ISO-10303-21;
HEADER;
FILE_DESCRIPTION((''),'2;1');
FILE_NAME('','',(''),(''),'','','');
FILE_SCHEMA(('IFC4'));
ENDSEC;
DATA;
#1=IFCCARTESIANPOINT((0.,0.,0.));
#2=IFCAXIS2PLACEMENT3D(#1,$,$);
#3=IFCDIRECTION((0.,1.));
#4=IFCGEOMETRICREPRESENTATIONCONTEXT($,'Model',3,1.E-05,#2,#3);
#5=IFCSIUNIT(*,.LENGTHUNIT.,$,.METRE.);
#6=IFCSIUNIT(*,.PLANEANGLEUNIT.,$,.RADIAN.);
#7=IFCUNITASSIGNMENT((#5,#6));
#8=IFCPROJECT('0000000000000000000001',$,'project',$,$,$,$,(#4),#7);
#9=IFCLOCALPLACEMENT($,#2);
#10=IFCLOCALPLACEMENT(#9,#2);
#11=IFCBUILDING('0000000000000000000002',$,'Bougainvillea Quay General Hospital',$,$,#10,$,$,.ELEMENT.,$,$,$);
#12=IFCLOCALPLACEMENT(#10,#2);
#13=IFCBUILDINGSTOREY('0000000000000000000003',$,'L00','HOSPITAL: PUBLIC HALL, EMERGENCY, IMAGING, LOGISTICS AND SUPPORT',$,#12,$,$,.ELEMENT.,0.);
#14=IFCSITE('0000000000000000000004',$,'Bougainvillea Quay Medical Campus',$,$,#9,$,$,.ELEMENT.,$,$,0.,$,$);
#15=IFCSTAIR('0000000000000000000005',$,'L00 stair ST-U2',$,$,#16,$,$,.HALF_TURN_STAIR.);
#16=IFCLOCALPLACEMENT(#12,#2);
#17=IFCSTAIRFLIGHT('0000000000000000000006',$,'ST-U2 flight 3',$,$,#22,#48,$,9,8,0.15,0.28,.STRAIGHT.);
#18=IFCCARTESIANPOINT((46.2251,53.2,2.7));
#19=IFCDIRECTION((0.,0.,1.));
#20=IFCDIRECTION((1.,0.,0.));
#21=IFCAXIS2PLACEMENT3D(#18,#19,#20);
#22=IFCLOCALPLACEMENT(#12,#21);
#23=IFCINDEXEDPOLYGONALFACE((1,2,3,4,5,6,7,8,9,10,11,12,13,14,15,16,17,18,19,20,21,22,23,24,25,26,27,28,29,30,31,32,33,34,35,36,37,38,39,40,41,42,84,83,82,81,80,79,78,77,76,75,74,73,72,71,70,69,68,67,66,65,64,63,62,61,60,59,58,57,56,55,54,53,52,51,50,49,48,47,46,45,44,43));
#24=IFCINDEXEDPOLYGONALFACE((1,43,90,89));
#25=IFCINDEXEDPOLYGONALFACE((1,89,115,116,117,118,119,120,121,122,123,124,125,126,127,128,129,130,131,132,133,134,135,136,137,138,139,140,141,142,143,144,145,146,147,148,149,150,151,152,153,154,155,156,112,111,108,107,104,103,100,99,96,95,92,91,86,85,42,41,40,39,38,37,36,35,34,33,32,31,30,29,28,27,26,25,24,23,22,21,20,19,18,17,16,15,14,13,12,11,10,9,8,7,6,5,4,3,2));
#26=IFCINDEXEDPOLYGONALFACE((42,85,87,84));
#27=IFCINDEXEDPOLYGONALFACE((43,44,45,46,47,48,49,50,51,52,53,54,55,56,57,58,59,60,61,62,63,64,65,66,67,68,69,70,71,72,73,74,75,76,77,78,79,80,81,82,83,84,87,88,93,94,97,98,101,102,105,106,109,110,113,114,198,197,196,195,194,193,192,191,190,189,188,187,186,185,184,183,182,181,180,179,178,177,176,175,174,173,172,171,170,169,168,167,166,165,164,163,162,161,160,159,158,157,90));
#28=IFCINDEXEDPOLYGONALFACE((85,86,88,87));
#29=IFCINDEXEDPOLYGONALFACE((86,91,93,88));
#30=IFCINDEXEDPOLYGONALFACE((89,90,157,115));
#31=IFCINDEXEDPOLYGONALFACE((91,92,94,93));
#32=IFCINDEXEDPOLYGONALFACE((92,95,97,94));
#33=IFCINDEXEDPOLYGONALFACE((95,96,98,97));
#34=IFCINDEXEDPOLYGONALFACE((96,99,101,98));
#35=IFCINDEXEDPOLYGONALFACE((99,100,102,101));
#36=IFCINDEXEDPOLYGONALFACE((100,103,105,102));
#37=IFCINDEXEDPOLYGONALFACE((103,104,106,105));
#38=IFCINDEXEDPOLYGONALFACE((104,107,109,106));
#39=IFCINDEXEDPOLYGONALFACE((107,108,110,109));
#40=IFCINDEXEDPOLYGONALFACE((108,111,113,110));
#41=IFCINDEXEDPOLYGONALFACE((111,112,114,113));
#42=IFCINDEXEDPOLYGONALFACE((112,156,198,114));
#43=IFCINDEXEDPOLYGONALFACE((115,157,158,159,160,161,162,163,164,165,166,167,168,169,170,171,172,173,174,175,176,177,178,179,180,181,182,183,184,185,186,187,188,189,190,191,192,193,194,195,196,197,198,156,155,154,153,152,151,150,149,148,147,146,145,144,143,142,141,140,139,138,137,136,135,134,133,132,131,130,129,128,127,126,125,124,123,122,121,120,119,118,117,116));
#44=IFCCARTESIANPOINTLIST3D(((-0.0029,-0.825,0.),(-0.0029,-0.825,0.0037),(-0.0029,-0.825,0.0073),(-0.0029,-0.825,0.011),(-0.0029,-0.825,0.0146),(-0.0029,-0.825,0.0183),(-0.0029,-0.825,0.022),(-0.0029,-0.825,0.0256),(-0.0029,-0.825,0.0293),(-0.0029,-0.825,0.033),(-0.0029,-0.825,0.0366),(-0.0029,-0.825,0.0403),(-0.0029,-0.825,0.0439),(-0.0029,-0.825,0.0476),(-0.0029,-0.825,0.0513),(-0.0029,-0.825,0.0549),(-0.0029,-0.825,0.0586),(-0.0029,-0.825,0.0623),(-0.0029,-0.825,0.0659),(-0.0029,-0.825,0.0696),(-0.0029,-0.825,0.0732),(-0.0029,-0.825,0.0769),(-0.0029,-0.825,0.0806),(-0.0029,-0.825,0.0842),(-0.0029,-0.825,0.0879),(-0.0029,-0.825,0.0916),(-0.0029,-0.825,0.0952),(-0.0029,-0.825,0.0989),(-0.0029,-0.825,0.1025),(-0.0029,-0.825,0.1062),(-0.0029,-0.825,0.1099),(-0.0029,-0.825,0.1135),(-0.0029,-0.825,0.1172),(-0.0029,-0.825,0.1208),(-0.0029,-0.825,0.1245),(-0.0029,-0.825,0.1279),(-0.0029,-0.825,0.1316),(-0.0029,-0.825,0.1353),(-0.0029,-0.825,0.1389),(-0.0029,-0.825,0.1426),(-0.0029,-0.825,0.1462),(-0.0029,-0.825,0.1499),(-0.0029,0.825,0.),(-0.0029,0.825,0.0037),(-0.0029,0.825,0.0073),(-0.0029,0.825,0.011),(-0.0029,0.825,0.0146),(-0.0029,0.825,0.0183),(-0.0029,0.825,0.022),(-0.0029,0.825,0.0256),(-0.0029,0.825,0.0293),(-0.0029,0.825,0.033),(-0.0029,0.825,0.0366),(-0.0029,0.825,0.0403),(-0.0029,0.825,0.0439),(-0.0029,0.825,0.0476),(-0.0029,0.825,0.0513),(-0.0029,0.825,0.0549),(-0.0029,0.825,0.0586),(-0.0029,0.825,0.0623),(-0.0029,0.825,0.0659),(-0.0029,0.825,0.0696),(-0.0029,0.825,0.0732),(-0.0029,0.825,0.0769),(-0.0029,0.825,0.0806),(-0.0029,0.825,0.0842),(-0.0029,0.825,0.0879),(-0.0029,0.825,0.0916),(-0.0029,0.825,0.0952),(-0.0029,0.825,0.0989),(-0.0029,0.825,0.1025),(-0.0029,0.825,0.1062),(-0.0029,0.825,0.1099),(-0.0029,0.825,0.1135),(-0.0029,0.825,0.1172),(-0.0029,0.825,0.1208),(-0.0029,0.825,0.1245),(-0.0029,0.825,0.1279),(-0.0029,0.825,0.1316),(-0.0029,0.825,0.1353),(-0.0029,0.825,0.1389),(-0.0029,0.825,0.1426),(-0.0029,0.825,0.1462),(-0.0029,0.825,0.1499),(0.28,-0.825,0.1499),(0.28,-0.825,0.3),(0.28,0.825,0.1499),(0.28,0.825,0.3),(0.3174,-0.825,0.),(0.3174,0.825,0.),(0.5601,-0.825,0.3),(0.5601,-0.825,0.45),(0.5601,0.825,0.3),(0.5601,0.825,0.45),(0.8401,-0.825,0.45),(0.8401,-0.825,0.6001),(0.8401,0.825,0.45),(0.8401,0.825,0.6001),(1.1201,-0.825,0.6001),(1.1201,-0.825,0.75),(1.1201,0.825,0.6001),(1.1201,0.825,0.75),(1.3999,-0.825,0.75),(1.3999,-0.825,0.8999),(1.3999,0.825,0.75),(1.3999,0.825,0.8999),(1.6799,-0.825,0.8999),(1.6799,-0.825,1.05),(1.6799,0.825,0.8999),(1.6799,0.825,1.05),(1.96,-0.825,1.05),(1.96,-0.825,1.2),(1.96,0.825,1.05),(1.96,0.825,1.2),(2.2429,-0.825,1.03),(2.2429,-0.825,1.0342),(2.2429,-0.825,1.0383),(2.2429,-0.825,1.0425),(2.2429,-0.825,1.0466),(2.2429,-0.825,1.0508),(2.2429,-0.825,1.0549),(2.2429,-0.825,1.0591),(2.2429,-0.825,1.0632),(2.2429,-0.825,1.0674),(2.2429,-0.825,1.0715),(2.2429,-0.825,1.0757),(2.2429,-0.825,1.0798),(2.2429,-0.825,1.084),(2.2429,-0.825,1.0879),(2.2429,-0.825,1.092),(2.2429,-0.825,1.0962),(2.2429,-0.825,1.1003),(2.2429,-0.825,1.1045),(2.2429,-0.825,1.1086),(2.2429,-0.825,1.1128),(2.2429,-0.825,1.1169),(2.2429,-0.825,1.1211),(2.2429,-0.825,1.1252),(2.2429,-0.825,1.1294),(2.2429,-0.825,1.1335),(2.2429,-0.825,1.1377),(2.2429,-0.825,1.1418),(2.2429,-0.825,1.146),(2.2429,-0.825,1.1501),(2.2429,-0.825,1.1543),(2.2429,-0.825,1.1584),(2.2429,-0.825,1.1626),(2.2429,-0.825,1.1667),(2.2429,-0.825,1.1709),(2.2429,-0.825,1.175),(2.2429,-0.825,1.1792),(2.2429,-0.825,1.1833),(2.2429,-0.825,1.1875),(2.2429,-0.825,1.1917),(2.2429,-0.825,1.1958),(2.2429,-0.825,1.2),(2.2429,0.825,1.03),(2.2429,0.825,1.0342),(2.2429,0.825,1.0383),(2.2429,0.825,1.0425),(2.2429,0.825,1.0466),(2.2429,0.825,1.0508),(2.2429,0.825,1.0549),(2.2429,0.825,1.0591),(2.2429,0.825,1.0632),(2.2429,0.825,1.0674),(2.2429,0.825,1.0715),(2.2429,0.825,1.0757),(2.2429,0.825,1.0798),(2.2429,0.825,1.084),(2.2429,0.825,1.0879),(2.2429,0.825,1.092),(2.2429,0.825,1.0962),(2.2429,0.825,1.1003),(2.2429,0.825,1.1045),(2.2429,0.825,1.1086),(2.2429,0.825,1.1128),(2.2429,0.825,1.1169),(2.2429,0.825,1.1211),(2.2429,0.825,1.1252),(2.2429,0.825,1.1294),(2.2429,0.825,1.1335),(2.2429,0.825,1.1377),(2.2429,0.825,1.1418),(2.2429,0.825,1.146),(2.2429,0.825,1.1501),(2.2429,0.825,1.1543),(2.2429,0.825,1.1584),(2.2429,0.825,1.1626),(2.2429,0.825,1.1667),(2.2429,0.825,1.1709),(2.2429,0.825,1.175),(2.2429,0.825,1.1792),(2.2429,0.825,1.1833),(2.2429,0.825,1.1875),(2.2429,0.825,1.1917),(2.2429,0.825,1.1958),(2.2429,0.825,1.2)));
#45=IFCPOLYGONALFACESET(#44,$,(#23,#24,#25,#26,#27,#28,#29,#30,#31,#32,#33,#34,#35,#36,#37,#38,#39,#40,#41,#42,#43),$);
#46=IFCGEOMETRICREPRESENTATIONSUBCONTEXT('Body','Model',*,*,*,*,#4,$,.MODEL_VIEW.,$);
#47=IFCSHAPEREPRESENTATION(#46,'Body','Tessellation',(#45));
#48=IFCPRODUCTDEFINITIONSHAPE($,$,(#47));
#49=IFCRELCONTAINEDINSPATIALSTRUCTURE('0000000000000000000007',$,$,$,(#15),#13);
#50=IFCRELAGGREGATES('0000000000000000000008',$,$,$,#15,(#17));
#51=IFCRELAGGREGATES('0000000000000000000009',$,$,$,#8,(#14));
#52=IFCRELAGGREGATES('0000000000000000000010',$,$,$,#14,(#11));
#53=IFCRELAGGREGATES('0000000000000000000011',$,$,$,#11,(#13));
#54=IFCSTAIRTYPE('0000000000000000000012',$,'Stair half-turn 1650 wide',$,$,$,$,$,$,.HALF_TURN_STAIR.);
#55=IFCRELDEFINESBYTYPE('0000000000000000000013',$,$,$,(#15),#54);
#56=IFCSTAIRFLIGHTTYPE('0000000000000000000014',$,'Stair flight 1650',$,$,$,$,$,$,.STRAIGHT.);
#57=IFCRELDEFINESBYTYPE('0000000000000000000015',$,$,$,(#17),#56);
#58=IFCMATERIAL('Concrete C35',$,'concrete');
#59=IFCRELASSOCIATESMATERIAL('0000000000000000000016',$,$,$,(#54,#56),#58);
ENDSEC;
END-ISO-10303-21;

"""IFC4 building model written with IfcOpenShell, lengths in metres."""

from ifc_helpers import new_model, si_unit, direction, frame, origin, place, context, subcontext, project, spatial, polyline, outline, extrude, material, type_object, element, aggregate, save


model = new_model("IFC4")

# Units and contexts
model_context = context("Model", 3, precision=1e-05, world=origin(), true_north=direction((0.0, 1.0)))
body_context = subcontext(model_context, "Body", "Model", "MODEL_VIEW")
ifc_project = project(units=[si_unit("LENGTHUNIT", "METRE"), si_unit("PLANEANGLEUNIT", "RADIAN")], contexts=[model_context])

# Site, building, storey
site_placement = place(None, origin())
site = spatial("IfcSite", under=ifc_project, at=site_placement, Name="Bougainvillea Quay Medical Campus", CompositionType="ELEMENT", RefElevation=0.0)
building_placement = place(site_placement, origin())
building = spatial("IfcBuilding", under=site, at=building_placement, Name="Bougainvillea Quay General Hospital", CompositionType="ELEMENT")
storey_placement = place(building_placement, origin())
storey = spatial("IfcBuildingStorey", under=building, at=storey_placement, Name="L00", Description="HOSPITAL: PUBLIC HALL, EMERGENCY, IMAGING, LOGISTICS AND SUPPORT", CompositionType="ELEMENT", Elevation=0.0)

# Stair, stair flight
ifc_material_1 = material(Name="Concrete C35", Category="concrete")
stair_type = type_object("IfcStairType", Name="Stair half-turn 1650 wide", PredefinedType="HALF_TURN_STAIR", material=ifc_material_1)
stair_placement = place(storey_placement, origin())
stair = element("IfcStair", 1, at=stair_placement, inside=storey, type_object=stair_type, Name="L00 stair ST-U2", PredefinedType="HALF_TURN_STAIR")
stair_flight_type = type_object("IfcStairFlightType", Name="Stair flight 1650", PredefinedType="STRAIGHT", material=ifc_material_1)
stair_flight_1_placement = place(storey_placement, frame((46.2251, 53.2, 2.7), z_axis=(0.0, 0.0, 1.0), x_axis=(1.0, 0.0, 0.0)))
stair_flight_1 = element("IfcStairFlight", 2, at=stair_flight_1_placement, type_object=stair_flight_type, Name="ST-U2 flight 3", NumberOfRisers=9, NumberOfTreads=8, PredefinedType="STRAIGHT", RiserHeight=0.15, TreadLength=0.28, context=body_context, shape_type="SweptSolid", body=[
    extrude(outline(polyline([(-0.0029, 0.0), (-0.0029, 0.0037), (-0.0029, 0.0073), (-0.0029, 0.011), (-0.0029, 0.0146), (-0.0029, 0.0183), (-0.0029, 0.022), (-0.0029, 0.0256), (-0.0029, 0.0293), (-0.0029, 0.033), (-0.0029, 0.0366), (-0.0029, 0.0403), (-0.0029, 0.0439), (-0.0029, 0.0476), (-0.0029, 0.0513), (-0.0029, 0.0549), (-0.0029, 0.0586), (-0.0029, 0.0623), (-0.0029, 0.0659), (-0.0029, 0.0696), (-0.0029, 0.0732), (-0.0029, 0.0769), (-0.0029, 0.0806), (-0.0029, 0.0842), (-0.0029, 0.0879), (-0.0029, 0.0916), (-0.0029, 0.0952), (-0.0029, 0.0989), (-0.0029, 0.1025), (-0.0029, 0.1062), (-0.0029, 0.1099), (-0.0029, 0.1135), (-0.0029, 0.1172), (-0.0029, 0.1208), (-0.0029, 0.1245), (-0.0029, 0.1279), (-0.0029, 0.1316), (-0.0029, 0.1353), (-0.0029, 0.1389), (-0.0029, 0.1426), (-0.0029, 0.1462), (-0.0029, 0.1499), (0.28, 0.1499), (0.28, 0.3), (0.5601, 0.3), (0.5601, 0.45), (0.8401, 0.45), (0.8401, 0.6001), (1.1201, 0.6001), (1.1201, 0.75), (1.3999, 0.75), (1.3999, 0.8999), (1.6799, 0.8999), (1.6799, 1.05), (1.96, 1.05), (1.96, 1.2), (2.2429, 1.2), (2.2429, 1.1958), (2.2429, 1.1917), (2.2429, 1.1875), (2.2429, 1.1833), (2.2429, 1.1792), (2.2429, 1.175), (2.2429, 1.1709), (2.2429, 1.1667), (2.2429, 1.1626), (2.2429, 1.1584), (2.2429, 1.1543), (2.2429, 1.1501), (2.2429, 1.146), (2.2429, 1.1418), (2.2429, 1.1377), (2.2429, 1.1335), (2.2429, 1.1294), (2.2429, 1.1252), (2.2429, 1.1211), (2.2429, 1.1169), (2.2429, 1.1128), (2.2429, 1.1086), (2.2429, 1.1045), (2.2429, 1.1003), (2.2429, 1.0962), (2.2429, 1.092), (2.2429, 1.0879), (2.2429, 1.084), (2.2429, 1.0798), (2.2429, 1.0757), (2.2429, 1.0715), (2.2429, 1.0674), (2.2429, 1.0632), (2.2429, 1.0591), (2.2429, 1.0549), (2.2429, 1.0508), (2.2429, 1.0466), (2.2429, 1.0425), (2.2429, 1.0383), (2.2429, 1.0342), (2.2429, 1.03), (0.3174, 0.0), (-0.0029, 0.0)])), frame((0.0, 0.825, 0.0), z_axis=(0.0, -1.0, 0.0), x_axis=(1.0, 0.0, 0.0)), (0.0, 0.0, 1.0), 1.6499),
])
aggregate(stair, [stair_flight_1])

save(model, "model.ifc")
